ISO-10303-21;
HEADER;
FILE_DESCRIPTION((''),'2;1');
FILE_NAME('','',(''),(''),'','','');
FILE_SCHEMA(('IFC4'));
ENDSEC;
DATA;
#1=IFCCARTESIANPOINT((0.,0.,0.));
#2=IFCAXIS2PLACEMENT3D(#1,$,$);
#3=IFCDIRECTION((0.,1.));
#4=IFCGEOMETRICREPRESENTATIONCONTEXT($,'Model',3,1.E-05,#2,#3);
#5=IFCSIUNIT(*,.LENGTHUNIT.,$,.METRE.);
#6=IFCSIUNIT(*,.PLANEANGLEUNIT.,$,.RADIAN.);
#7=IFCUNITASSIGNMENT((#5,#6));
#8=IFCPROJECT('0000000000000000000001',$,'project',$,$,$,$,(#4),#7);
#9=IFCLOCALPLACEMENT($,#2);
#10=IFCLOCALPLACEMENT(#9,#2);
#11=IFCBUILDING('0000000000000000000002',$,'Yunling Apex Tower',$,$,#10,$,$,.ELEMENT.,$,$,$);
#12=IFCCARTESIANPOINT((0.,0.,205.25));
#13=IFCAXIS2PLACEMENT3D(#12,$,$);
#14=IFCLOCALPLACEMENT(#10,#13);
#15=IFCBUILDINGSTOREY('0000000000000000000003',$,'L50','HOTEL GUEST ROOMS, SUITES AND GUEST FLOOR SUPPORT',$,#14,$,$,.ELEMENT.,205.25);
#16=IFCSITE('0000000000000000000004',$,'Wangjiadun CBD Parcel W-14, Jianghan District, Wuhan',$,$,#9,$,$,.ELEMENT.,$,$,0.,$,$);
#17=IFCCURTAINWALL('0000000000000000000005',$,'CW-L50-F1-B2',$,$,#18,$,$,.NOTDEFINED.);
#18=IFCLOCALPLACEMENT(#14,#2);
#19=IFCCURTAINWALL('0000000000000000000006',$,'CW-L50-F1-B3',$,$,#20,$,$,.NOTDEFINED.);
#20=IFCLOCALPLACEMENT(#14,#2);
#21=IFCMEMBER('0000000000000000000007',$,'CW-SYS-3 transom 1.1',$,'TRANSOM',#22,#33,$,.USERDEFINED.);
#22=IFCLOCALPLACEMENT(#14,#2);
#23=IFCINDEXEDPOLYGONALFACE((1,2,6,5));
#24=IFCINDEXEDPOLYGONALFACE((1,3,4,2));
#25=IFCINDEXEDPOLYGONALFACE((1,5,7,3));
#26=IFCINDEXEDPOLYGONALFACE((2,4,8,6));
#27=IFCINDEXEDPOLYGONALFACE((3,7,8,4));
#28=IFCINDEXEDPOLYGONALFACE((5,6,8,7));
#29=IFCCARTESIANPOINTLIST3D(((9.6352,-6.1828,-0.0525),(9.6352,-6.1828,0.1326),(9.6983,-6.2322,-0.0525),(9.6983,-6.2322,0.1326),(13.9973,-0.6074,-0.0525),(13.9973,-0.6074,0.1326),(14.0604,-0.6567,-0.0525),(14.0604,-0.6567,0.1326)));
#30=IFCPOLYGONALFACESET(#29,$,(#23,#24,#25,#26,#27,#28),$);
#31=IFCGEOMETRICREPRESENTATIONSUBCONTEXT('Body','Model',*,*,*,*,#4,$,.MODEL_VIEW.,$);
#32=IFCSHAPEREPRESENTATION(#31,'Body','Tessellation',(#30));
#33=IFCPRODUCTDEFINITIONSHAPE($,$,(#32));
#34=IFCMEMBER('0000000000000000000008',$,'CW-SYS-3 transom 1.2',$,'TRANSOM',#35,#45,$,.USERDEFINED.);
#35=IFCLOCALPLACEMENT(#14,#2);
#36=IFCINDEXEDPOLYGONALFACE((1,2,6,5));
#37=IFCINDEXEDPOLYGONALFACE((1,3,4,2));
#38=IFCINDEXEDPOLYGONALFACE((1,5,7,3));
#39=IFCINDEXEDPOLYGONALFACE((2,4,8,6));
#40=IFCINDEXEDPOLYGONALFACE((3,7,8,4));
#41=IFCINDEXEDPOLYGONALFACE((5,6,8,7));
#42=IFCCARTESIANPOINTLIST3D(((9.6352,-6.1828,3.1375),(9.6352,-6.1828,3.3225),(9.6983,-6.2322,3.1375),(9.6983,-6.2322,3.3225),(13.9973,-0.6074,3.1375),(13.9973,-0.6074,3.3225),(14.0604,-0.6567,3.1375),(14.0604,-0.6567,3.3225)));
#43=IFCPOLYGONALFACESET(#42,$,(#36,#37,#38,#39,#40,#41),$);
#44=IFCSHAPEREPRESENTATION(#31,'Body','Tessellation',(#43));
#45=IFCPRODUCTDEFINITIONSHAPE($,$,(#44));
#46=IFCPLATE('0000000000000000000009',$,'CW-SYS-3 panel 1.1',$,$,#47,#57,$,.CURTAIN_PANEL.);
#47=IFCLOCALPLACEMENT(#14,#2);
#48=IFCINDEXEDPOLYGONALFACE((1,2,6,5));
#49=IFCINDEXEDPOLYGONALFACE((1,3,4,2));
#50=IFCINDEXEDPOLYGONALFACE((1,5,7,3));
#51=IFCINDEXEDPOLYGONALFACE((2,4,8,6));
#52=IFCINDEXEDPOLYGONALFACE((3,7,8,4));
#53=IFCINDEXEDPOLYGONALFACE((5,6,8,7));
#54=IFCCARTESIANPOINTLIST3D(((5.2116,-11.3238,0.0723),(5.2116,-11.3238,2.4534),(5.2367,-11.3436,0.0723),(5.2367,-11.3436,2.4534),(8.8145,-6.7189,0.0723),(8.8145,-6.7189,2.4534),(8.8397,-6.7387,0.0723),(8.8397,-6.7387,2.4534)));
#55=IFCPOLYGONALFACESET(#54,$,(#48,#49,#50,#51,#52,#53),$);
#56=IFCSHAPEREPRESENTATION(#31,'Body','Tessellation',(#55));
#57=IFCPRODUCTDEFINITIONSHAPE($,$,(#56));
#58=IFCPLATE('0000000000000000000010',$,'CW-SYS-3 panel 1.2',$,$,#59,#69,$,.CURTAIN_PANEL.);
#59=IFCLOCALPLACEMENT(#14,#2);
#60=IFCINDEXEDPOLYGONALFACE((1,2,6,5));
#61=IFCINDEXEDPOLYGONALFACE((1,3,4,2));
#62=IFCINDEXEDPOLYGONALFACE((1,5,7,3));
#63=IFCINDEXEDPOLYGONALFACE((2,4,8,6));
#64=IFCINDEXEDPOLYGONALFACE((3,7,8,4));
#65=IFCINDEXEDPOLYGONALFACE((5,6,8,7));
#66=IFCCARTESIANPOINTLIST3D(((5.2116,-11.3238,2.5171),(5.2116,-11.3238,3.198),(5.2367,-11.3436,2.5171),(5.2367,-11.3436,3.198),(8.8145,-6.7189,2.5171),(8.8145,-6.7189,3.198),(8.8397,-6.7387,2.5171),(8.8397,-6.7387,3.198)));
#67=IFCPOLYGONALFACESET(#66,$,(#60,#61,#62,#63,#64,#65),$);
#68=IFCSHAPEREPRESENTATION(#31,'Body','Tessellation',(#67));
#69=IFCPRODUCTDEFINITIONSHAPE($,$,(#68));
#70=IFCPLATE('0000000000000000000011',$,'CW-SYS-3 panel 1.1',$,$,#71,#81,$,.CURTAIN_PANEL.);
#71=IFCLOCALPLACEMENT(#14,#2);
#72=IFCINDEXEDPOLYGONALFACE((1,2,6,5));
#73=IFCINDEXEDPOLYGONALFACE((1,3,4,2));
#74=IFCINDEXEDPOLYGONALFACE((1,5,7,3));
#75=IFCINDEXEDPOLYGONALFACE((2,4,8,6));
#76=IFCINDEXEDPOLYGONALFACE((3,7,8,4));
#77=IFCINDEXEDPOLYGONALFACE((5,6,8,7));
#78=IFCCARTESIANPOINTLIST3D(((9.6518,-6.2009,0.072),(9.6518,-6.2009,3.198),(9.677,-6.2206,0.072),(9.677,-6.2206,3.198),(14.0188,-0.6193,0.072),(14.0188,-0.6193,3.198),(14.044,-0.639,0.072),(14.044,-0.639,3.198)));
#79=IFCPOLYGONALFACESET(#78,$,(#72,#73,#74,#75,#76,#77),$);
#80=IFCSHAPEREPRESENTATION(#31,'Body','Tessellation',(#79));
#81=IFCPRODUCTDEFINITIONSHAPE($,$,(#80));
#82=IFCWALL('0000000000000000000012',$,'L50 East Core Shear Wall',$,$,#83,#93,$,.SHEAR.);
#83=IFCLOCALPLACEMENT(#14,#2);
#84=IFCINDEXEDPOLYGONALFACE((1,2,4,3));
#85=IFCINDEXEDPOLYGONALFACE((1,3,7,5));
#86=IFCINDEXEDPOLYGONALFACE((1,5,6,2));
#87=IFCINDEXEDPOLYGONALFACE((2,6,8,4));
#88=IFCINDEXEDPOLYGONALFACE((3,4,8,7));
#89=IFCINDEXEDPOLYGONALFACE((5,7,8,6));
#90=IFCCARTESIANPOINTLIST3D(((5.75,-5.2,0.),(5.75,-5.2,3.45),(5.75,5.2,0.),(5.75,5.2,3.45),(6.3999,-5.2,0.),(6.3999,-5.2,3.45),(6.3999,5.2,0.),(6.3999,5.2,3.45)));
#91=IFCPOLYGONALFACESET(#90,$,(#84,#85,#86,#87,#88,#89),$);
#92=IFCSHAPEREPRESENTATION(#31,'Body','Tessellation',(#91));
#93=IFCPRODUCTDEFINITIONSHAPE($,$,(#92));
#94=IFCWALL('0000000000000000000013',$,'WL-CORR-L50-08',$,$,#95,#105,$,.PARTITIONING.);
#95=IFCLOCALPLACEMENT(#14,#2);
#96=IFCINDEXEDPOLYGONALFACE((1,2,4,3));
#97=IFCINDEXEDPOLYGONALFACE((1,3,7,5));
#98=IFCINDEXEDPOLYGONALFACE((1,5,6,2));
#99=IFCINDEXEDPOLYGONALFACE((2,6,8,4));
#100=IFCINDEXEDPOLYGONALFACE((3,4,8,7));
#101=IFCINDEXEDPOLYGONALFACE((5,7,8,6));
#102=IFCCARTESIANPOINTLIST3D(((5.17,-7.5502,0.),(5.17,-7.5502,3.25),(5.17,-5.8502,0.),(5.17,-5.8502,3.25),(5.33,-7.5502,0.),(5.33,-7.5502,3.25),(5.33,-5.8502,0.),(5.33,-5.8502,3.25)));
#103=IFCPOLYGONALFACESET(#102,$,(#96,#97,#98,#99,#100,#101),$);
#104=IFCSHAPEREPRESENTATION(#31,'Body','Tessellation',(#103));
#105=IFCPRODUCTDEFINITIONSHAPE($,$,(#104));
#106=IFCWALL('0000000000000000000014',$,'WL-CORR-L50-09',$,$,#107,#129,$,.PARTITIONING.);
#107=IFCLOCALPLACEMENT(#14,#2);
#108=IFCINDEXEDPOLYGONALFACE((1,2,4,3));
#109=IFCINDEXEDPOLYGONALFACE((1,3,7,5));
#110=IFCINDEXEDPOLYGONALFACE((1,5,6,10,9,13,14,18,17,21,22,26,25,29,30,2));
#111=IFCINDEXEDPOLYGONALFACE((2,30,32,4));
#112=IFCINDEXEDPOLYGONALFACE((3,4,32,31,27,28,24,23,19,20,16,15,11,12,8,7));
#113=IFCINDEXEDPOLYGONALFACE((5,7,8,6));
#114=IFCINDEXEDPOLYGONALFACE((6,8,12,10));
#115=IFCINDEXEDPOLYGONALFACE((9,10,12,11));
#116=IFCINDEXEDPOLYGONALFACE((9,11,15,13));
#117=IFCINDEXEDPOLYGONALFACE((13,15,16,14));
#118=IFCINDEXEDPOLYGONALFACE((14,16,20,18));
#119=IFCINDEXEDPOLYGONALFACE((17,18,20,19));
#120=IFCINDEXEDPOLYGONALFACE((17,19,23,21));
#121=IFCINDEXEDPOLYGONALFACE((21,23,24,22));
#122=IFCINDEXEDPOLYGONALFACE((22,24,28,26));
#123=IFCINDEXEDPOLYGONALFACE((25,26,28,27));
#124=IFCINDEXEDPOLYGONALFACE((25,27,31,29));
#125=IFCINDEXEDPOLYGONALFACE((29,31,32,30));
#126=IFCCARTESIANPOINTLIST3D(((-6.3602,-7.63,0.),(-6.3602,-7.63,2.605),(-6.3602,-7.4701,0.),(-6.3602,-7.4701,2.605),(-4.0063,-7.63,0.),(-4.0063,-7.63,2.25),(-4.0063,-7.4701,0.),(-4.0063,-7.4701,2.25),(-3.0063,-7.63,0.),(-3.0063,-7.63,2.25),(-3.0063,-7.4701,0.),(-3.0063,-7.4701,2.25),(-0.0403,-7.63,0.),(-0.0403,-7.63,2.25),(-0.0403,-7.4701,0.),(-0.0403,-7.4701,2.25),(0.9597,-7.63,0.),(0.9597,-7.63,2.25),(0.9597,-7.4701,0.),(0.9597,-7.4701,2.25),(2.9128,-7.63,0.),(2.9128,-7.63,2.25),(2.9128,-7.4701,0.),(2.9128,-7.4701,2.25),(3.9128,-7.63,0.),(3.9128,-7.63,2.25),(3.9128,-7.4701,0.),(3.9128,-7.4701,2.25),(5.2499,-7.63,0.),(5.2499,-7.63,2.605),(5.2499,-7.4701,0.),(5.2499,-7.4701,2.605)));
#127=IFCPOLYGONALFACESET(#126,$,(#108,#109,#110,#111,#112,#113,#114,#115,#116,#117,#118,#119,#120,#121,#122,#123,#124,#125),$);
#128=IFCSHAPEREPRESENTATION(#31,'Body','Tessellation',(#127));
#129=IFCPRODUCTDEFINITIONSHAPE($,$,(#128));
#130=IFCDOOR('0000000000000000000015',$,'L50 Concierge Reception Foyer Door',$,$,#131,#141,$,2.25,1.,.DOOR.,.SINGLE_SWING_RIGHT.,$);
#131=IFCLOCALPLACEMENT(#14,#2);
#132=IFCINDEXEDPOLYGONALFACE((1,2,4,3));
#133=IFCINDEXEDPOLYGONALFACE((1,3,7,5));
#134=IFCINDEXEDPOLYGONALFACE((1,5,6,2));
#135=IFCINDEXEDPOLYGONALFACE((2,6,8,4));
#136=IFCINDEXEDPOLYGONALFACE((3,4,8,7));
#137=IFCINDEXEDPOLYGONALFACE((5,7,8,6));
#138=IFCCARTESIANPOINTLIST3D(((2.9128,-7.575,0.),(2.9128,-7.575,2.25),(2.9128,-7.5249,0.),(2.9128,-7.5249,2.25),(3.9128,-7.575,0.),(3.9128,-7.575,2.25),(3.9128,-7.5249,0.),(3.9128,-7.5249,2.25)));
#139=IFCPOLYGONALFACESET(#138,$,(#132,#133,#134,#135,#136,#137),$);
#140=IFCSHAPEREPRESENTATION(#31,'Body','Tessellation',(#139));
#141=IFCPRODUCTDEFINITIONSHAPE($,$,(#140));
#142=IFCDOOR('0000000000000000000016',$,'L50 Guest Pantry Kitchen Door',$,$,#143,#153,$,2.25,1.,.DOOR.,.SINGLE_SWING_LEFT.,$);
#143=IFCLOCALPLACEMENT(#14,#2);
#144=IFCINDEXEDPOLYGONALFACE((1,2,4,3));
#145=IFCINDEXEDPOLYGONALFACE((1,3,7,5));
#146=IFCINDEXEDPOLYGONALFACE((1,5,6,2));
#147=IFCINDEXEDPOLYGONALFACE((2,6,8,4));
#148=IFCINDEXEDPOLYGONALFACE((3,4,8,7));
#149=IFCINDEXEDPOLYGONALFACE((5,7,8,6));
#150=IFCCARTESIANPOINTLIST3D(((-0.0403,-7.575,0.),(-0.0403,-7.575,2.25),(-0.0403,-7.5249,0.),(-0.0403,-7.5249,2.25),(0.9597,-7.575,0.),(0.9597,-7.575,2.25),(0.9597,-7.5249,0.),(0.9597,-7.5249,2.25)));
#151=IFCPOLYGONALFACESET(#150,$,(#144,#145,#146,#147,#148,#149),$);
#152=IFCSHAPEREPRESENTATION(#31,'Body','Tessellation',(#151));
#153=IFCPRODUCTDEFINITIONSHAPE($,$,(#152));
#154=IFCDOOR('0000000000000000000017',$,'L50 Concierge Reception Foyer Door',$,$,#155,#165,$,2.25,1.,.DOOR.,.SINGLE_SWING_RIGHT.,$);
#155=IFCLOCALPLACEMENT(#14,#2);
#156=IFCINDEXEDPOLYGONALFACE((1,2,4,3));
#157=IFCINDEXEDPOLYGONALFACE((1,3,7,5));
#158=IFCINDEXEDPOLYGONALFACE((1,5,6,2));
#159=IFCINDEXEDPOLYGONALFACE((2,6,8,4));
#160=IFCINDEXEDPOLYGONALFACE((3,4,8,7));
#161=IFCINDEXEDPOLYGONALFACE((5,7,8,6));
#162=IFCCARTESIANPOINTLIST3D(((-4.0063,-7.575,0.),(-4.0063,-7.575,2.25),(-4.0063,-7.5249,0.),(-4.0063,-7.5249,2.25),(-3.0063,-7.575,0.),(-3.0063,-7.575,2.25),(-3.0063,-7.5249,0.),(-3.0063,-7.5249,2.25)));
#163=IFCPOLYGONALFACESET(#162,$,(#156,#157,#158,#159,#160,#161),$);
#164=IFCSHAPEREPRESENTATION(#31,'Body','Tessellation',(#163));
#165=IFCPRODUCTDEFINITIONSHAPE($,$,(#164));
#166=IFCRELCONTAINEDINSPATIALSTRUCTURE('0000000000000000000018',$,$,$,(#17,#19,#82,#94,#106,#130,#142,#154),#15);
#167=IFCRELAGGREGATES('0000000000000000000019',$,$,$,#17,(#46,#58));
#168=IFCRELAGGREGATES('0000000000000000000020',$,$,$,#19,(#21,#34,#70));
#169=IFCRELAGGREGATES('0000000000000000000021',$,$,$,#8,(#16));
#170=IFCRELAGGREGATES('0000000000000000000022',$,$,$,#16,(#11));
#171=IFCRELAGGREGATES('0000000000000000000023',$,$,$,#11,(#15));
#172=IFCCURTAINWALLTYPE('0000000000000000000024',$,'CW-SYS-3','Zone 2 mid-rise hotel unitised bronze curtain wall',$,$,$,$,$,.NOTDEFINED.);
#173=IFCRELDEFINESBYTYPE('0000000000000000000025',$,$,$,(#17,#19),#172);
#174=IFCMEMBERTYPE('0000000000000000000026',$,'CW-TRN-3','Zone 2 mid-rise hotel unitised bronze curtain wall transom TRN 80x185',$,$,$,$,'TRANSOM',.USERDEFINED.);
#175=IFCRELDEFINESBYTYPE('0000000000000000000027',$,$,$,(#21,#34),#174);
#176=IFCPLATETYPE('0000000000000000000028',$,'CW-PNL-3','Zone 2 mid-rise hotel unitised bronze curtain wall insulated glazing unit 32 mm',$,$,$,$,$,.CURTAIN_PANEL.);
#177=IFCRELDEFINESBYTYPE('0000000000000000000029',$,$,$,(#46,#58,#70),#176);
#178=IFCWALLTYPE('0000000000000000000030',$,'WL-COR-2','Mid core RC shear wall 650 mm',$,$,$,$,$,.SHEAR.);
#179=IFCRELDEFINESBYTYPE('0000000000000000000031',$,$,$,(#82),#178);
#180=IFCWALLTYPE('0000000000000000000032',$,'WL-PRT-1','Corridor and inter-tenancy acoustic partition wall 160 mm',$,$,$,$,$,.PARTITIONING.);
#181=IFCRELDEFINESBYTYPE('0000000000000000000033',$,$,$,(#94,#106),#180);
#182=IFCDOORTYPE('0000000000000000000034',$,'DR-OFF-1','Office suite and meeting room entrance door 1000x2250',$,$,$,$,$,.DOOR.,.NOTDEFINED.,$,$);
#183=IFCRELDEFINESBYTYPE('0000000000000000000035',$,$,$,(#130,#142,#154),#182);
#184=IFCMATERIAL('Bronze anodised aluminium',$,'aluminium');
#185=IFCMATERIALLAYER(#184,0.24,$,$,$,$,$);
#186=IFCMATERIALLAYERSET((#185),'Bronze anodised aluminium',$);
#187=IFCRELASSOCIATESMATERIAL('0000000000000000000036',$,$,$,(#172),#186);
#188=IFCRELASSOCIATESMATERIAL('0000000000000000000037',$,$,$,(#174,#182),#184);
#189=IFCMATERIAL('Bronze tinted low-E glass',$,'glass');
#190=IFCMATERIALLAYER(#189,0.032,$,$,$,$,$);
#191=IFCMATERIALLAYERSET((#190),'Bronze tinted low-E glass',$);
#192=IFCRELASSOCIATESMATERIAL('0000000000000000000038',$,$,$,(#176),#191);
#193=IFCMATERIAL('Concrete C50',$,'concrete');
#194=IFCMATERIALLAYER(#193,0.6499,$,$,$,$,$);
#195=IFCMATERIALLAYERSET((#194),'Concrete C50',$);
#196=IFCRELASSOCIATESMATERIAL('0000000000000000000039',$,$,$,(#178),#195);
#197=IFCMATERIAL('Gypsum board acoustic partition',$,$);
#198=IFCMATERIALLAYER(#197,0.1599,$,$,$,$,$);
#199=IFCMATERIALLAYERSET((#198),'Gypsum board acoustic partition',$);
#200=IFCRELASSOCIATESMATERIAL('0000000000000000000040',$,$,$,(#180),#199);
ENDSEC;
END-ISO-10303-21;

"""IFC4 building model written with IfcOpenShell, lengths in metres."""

from ifc_helpers import new_model, si_unit, direction, frame, frame_2d, origin, origin_2d, place, context, subcontext, project, spatial, rectangle, extrude, source, transform, mapped, material, layer, layer_set, material_profile, profile_set, type_object, element, fill, aggregate, save


model = new_model("IFC4")

# Units and contexts
model_context = context("Model", 3, precision=1e-05, world=origin(), true_north=direction((0.0, 1.0)))
body_context = subcontext(model_context, "Body", "Model", "MODEL_VIEW")
ifc_project = project(units=[si_unit("LENGTHUNIT", "METRE"), si_unit("PLANEANGLEUNIT", "RADIAN")], contexts=[model_context])

# Site, building, storey
site_placement = place(None, origin())
site = spatial("IfcSite", under=ifc_project, at=site_placement, Name="Wangjiadun CBD Parcel W-14, Jianghan District, Wuhan", CompositionType="ELEMENT", RefElevation=0.0)
building_placement = place(site_placement, origin())
building = spatial("IfcBuilding", under=site, at=building_placement, Name="Yunling Apex Tower", CompositionType="ELEMENT")
storey_placement = place(building_placement, frame((0.0, 0.0, 205.25)))
storey = spatial("IfcBuildingStorey", under=building, at=storey_placement, Name="L50", Description="HOTEL GUEST ROOMS, SUITES AND GUEST FLOOR SUPPORT", CompositionType="ELEMENT", Elevation=205.25)

# Shared definitions
ifc_material_1 = material(Name="Concrete C50", Category="concrete")

# Curtain wall
ifc_material_2 = material(Name="Bronze anodised aluminium", Category="aluminium")
ifc_layer_1 = layer(ifc_material_2, 0.24)
ifc_layer_set_1 = layer_set([ifc_layer_1], Name="Bronze anodised aluminium")
curtain_wall_type = type_object("IfcCurtainWallType", Name="CW-SYS-3", Description="Zone 2 mid-rise hotel unitised bronze curtain wall", PredefinedType="NOTDEFINED", material=ifc_layer_set_1)
curtain_wall_1_placement = place(storey_placement, origin())
curtain_wall_1 = element("IfcCurtainWall", 1, at=curtain_wall_1_placement, inside=storey, type_object=curtain_wall_type, Name="CW-L50-F1-B2", PredefinedType="NOTDEFINED")

# Curtain wall, members
curtain_wall_2_placement = place(storey_placement, origin())
curtain_wall_2 = element("IfcCurtainWall", 2, at=curtain_wall_2_placement, inside=storey, type_object=curtain_wall_type, Name="CW-L50-F1-B3", PredefinedType="NOTDEFINED")
ifc_material_profile_1 = material_profile(ifc_material_2, rectangle(XDim=0.0801, YDim=0.1851, at=origin_2d()))
ifc_profile_set_1 = profile_set([ifc_material_profile_1], Name="Bronze anodised aluminium")
member_type_1 = type_object("IfcMemberType", Name="CW-TRN-3", Description="Zone 2 mid-rise hotel unitised bronze curtain wall transom TRN 80x185", ElementType="TRANSOM", PredefinedType="USERDEFINED", material=ifc_profile_set_1)
shared_shape_1 = source(origin(), body_context, "Body", "SweptSolid", [
    extrude(rectangle(XDim=0.0801, YDim=0.1851, at=origin_2d()), origin(), (0.0, 0.0, 1.0), 7.0791),
])
member_1_placement = place(storey_placement, frame((9.6667, -6.2075, 0.04), z_axis=(0.616192, 0.787596, 0.0), x_axis=(-0.787596, 0.616192, 0.0)))
member_1 = element("IfcMember", 3, at=member_1_placement, type_object=member_type_1, Name="CW-SYS-3 transom 1.1", ObjectType="TRANSOM", PredefinedType="USERDEFINED", context=body_context, shape_type="MappedRepresentation", body=[
    mapped(shared_shape_1, transform((0.0, 0.0, 0.0), scale=1.0)),
])
member_2_placement = place(storey_placement, frame((9.6667, -6.2075, 3.23), z_axis=(0.616192, 0.787596, 0.0), x_axis=(-0.787596, 0.616192, 0.0)))
member_2 = element("IfcMember", 4, at=member_2_placement, type_object=member_type_1, Name="CW-SYS-3 transom 1.2", ObjectType="TRANSOM", PredefinedType="USERDEFINED", context=body_context, shape_type="MappedRepresentation", body=[
    mapped(shared_shape_1, transform((0.0, 0.0, 0.0), scale=1.0)),
])

# Plates
ifc_material_3 = material(Name="Bronze tinted low-E glass", Category="glass")
ifc_layer_2 = layer(ifc_material_3, 0.032)
ifc_layer_set_2 = layer_set([ifc_layer_2], Name="Bronze tinted low-E glass")
plate_type = type_object("IfcPlateType", Name="CW-PNL-3", Description="Zone 2 mid-rise hotel unitised bronze curtain wall insulated glazing unit 32 mm", PredefinedType="CURTAIN_PANEL", material=ifc_layer_set_2)
shared_shape_2 = source(origin(), body_context, "Body", "SweptSolid", [
    extrude(rectangle(XDim=5.8469, YDim=0.032, at=origin_2d()), origin(), (0.0, 0.0, 1.0), 2.3811),
])
plate_1_placement = place(storey_placement, frame((7.0256, -9.0312, 0.0723), z_axis=(0.0, 0.0, 1.0), x_axis=(0.616217, 0.787576, 0.0)))
plate_1 = element("IfcPlate", 5, at=plate_1_placement, type_object=plate_type, Name="CW-SYS-3 panel 1.1", PredefinedType="CURTAIN_PANEL", context=body_context, shape_type="MappedRepresentation", body=[
    mapped(shared_shape_2, transform((0.0, 0.0, 0.0), scale=1.0)),
])
shared_shape_3 = source(origin(), body_context, "Body", "SweptSolid", [
    extrude(rectangle(XDim=5.8469, YDim=0.032, at=origin_2d()), origin(), (0.0, 0.0, 1.0), 0.6809),
])
plate_2_placement = place(storey_placement, frame((7.0256, -9.0312, 2.5171), z_axis=(0.0, 0.0, 1.0), x_axis=(0.616217, 0.787576, 0.0)))
plate_2 = element("IfcPlate", 6, at=plate_2_placement, type_object=plate_type, Name="CW-SYS-3 panel 1.2", PredefinedType="CURTAIN_PANEL", context=body_context, shape_type="MappedRepresentation", body=[
    mapped(shared_shape_3, transform((0.0, 0.0, 0.0), scale=1.0)),
])
aggregate(curtain_wall_1, [plate_1, plate_2])
shared_shape_4 = source(origin(), body_context, "Body", "SweptSolid", [
    extrude(rectangle(XDim=7.0869, YDim=0.032, at=origin_2d()), origin(), (0.0, 0.0, 1.0), 3.126),
])
plate_3_placement = place(storey_placement, frame((11.8479, -3.4199, 0.072), z_axis=(0.0, 0.0, 1.0), x_axis=(0.6162, 0.787589, 0.0)))
plate_3 = element("IfcPlate", 7, at=plate_3_placement, type_object=plate_type, Name="CW-SYS-3 panel 1.1", PredefinedType="CURTAIN_PANEL", context=body_context, shape_type="MappedRepresentation", body=[
    mapped(shared_shape_4, transform((0.0, 0.0, 0.0), scale=1.0)),
])
aggregate(curtain_wall_2, [member_1, member_2, plate_3])

# Walls
ifc_layer_3 = layer(ifc_material_1, 0.6499)
ifc_layer_set_3 = layer_set([ifc_layer_3], Name="Concrete C50")
wall_type_1 = type_object("IfcWallType", Name="WL-COR-2", Description="Mid core RC shear wall 650 mm", PredefinedType="SHEAR", material=ifc_layer_set_3)
wall_1_placement = place(storey_placement, frame((6.075, -5.2, 0.0), z_axis=(0.0, 0.0, 1.0), x_axis=(0.0, 1.0, 0.0)))
element("IfcWall", 8, at=wall_1_placement, inside=storey, type_object=wall_type_1, Name="L50 East Core Shear Wall", PredefinedType="SHEAR", context=body_context, shape_type="SweptSolid", body=[
    extrude(rectangle(XDim=10.3999, YDim=0.6499, at=frame_2d((5.2, 0.0))), origin(), (0.0, 0.0, 1.0), 3.45),
])
ifc_material_4 = material(Name="Gypsum board acoustic partition")
ifc_layer_4 = layer(ifc_material_4, 0.1599)
ifc_layer_set_4 = layer_set([ifc_layer_4], Name="Gypsum board acoustic partition")
wall_type_2 = type_object("IfcWallType", Name="WL-PRT-1", Description="Corridor and inter-tenancy acoustic partition wall 160 mm", PredefinedType="PARTITIONING", material=ifc_layer_set_4)
wall_2_placement = place(storey_placement, frame((5.25, -5.8501, 0.0), z_axis=(0.0, 0.0, 1.0), x_axis=(0.0, -1.0, 0.0)))
element("IfcWall", 9, at=wall_2_placement, inside=storey, type_object=wall_type_2, Name="WL-CORR-L50-08", PredefinedType="PARTITIONING", context=body_context, shape_type="SweptSolid", body=[
    extrude(rectangle(XDim=1.7, YDim=0.1599, at=frame_2d((0.8501, 0.0))), origin(), (0.0, 0.0, 1.0), 3.25),
])

# Wall, openings, doors
wall_3_placement = place(storey_placement, frame((5.25, -7.55, 0.0), z_axis=(0.0, 0.0, 1.0), x_axis=(-1.0, 0.0, 0.0)))
wall_3 = element("IfcWall", 10, at=wall_3_placement, inside=storey, type_object=wall_type_2, Name="WL-CORR-L50-09", PredefinedType="PARTITIONING", context=body_context, shape_type="SweptSolid", body=[
    extrude(rectangle(XDim=11.6101, YDim=0.1599, at=frame_2d((5.8052, 0.0))), origin(), (0.0, 0.0, 1.0), 2.605),
])
opening_1_placement = place(wall_3_placement, frame((1.3372, 0.0, 0.0)))
opening_1 = element("IfcOpeningElement", 11, at=opening_1_placement, cuts=wall_3, PredefinedType="OPENING", context=body_context, shape_type="SweptSolid", body=[
    extrude(rectangle(XDim=1.0, YDim=2.25, at=frame_2d((0.5, 1.125))), frame((0.0, 0.0898, 0.0), z_axis=(0.0, -1.0, 0.0), x_axis=(1.0, 0.0, 0.0)), (0.0, 0.0, 1.0), 0.1799),
])
opening_2_placement = place(wall_3_placement, frame((4.2903, 0.0, 0.0)))
opening_2 = element("IfcOpeningElement", 12, at=opening_2_placement, cuts=wall_3, PredefinedType="OPENING", context=body_context, shape_type="SweptSolid", body=[
    extrude(rectangle(XDim=1.0, YDim=2.25, at=frame_2d((0.5, 1.125))), frame((0.0, 0.0898, 0.0), z_axis=(0.0, -1.0, 0.0), x_axis=(1.0, 0.0, 0.0)), (0.0, 0.0, 1.0), 0.1799),
])
opening_3_placement = place(wall_3_placement, frame((8.2563, 0.0, 0.0)))
opening_3 = element("IfcOpeningElement", 13, at=opening_3_placement, cuts=wall_3, PredefinedType="OPENING", context=body_context, shape_type="SweptSolid", body=[
    extrude(rectangle(XDim=1.0, YDim=2.25, at=frame_2d((0.5, 1.125))), frame((0.0, 0.0898, 0.0), z_axis=(0.0, -1.0, 0.0), x_axis=(1.0, 0.0, 0.0)), (0.0, 0.0, 1.0), 0.1799),
])
door_type = type_object("IfcDoorType", Name="DR-OFF-1", Description="Office suite and meeting room entrance door 1000x2250", OperationType="NOTDEFINED", PredefinedType="DOOR", material=ifc_material_2)
door_1_placement = place(opening_1_placement, origin())
door_1 = element("IfcDoor", 14, at=door_1_placement, inside=storey, type_object=door_type, Name="L50 Concierge Reception Foyer Door", OperationType="SINGLE_SWING_RIGHT", OverallHeight=2.25, OverallWidth=1.0, PredefinedType="DOOR", context=body_context, shape_type="SweptSolid", body=[
    extrude(rectangle(XDim=1.0, YDim=2.25, at=frame_2d((0.5, 1.125))), frame((0.0, 0.0249, 0.0), z_axis=(0.0, -1.0, 0.0), x_axis=(1.0, 0.0, 0.0)), (0.0, 0.0, 1.0), 0.05),
])
fill(opening_1, door_1)
door_2_placement = place(opening_2_placement, origin())
door_2 = element("IfcDoor", 15, at=door_2_placement, inside=storey, type_object=door_type, Name="L50 Guest Pantry Kitchen Door", OperationType="SINGLE_SWING_LEFT", OverallHeight=2.25, OverallWidth=1.0, PredefinedType="DOOR", context=body_context, shape_type="SweptSolid", body=[
    extrude(rectangle(XDim=1.0, YDim=2.25, at=frame_2d((0.5, 1.125))), frame((0.0, 0.0249, 0.0), z_axis=(0.0, -1.0, 0.0), x_axis=(1.0, 0.0, 0.0)), (0.0, 0.0, 1.0), 0.05),
])
fill(opening_2, door_2)
door_3_placement = place(opening_3_placement, origin())
door_3 = element("IfcDoor", 16, at=door_3_placement, inside=storey, type_object=door_type, Name="L50 Concierge Reception Foyer Door", OperationType="SINGLE_SWING_RIGHT", OverallHeight=2.25, OverallWidth=1.0, PredefinedType="DOOR", context=body_context, shape_type="SweptSolid", body=[
    extrude(rectangle(XDim=1.0, YDim=2.25, at=frame_2d((0.5, 1.125))), frame((0.0, 0.0249, 0.0), z_axis=(0.0, -1.0, 0.0), x_axis=(1.0, 0.0, 0.0)), (0.0, 0.0, 1.0), 0.05),
])
fill(opening_3, door_3)

save(model, "model.ifc")
